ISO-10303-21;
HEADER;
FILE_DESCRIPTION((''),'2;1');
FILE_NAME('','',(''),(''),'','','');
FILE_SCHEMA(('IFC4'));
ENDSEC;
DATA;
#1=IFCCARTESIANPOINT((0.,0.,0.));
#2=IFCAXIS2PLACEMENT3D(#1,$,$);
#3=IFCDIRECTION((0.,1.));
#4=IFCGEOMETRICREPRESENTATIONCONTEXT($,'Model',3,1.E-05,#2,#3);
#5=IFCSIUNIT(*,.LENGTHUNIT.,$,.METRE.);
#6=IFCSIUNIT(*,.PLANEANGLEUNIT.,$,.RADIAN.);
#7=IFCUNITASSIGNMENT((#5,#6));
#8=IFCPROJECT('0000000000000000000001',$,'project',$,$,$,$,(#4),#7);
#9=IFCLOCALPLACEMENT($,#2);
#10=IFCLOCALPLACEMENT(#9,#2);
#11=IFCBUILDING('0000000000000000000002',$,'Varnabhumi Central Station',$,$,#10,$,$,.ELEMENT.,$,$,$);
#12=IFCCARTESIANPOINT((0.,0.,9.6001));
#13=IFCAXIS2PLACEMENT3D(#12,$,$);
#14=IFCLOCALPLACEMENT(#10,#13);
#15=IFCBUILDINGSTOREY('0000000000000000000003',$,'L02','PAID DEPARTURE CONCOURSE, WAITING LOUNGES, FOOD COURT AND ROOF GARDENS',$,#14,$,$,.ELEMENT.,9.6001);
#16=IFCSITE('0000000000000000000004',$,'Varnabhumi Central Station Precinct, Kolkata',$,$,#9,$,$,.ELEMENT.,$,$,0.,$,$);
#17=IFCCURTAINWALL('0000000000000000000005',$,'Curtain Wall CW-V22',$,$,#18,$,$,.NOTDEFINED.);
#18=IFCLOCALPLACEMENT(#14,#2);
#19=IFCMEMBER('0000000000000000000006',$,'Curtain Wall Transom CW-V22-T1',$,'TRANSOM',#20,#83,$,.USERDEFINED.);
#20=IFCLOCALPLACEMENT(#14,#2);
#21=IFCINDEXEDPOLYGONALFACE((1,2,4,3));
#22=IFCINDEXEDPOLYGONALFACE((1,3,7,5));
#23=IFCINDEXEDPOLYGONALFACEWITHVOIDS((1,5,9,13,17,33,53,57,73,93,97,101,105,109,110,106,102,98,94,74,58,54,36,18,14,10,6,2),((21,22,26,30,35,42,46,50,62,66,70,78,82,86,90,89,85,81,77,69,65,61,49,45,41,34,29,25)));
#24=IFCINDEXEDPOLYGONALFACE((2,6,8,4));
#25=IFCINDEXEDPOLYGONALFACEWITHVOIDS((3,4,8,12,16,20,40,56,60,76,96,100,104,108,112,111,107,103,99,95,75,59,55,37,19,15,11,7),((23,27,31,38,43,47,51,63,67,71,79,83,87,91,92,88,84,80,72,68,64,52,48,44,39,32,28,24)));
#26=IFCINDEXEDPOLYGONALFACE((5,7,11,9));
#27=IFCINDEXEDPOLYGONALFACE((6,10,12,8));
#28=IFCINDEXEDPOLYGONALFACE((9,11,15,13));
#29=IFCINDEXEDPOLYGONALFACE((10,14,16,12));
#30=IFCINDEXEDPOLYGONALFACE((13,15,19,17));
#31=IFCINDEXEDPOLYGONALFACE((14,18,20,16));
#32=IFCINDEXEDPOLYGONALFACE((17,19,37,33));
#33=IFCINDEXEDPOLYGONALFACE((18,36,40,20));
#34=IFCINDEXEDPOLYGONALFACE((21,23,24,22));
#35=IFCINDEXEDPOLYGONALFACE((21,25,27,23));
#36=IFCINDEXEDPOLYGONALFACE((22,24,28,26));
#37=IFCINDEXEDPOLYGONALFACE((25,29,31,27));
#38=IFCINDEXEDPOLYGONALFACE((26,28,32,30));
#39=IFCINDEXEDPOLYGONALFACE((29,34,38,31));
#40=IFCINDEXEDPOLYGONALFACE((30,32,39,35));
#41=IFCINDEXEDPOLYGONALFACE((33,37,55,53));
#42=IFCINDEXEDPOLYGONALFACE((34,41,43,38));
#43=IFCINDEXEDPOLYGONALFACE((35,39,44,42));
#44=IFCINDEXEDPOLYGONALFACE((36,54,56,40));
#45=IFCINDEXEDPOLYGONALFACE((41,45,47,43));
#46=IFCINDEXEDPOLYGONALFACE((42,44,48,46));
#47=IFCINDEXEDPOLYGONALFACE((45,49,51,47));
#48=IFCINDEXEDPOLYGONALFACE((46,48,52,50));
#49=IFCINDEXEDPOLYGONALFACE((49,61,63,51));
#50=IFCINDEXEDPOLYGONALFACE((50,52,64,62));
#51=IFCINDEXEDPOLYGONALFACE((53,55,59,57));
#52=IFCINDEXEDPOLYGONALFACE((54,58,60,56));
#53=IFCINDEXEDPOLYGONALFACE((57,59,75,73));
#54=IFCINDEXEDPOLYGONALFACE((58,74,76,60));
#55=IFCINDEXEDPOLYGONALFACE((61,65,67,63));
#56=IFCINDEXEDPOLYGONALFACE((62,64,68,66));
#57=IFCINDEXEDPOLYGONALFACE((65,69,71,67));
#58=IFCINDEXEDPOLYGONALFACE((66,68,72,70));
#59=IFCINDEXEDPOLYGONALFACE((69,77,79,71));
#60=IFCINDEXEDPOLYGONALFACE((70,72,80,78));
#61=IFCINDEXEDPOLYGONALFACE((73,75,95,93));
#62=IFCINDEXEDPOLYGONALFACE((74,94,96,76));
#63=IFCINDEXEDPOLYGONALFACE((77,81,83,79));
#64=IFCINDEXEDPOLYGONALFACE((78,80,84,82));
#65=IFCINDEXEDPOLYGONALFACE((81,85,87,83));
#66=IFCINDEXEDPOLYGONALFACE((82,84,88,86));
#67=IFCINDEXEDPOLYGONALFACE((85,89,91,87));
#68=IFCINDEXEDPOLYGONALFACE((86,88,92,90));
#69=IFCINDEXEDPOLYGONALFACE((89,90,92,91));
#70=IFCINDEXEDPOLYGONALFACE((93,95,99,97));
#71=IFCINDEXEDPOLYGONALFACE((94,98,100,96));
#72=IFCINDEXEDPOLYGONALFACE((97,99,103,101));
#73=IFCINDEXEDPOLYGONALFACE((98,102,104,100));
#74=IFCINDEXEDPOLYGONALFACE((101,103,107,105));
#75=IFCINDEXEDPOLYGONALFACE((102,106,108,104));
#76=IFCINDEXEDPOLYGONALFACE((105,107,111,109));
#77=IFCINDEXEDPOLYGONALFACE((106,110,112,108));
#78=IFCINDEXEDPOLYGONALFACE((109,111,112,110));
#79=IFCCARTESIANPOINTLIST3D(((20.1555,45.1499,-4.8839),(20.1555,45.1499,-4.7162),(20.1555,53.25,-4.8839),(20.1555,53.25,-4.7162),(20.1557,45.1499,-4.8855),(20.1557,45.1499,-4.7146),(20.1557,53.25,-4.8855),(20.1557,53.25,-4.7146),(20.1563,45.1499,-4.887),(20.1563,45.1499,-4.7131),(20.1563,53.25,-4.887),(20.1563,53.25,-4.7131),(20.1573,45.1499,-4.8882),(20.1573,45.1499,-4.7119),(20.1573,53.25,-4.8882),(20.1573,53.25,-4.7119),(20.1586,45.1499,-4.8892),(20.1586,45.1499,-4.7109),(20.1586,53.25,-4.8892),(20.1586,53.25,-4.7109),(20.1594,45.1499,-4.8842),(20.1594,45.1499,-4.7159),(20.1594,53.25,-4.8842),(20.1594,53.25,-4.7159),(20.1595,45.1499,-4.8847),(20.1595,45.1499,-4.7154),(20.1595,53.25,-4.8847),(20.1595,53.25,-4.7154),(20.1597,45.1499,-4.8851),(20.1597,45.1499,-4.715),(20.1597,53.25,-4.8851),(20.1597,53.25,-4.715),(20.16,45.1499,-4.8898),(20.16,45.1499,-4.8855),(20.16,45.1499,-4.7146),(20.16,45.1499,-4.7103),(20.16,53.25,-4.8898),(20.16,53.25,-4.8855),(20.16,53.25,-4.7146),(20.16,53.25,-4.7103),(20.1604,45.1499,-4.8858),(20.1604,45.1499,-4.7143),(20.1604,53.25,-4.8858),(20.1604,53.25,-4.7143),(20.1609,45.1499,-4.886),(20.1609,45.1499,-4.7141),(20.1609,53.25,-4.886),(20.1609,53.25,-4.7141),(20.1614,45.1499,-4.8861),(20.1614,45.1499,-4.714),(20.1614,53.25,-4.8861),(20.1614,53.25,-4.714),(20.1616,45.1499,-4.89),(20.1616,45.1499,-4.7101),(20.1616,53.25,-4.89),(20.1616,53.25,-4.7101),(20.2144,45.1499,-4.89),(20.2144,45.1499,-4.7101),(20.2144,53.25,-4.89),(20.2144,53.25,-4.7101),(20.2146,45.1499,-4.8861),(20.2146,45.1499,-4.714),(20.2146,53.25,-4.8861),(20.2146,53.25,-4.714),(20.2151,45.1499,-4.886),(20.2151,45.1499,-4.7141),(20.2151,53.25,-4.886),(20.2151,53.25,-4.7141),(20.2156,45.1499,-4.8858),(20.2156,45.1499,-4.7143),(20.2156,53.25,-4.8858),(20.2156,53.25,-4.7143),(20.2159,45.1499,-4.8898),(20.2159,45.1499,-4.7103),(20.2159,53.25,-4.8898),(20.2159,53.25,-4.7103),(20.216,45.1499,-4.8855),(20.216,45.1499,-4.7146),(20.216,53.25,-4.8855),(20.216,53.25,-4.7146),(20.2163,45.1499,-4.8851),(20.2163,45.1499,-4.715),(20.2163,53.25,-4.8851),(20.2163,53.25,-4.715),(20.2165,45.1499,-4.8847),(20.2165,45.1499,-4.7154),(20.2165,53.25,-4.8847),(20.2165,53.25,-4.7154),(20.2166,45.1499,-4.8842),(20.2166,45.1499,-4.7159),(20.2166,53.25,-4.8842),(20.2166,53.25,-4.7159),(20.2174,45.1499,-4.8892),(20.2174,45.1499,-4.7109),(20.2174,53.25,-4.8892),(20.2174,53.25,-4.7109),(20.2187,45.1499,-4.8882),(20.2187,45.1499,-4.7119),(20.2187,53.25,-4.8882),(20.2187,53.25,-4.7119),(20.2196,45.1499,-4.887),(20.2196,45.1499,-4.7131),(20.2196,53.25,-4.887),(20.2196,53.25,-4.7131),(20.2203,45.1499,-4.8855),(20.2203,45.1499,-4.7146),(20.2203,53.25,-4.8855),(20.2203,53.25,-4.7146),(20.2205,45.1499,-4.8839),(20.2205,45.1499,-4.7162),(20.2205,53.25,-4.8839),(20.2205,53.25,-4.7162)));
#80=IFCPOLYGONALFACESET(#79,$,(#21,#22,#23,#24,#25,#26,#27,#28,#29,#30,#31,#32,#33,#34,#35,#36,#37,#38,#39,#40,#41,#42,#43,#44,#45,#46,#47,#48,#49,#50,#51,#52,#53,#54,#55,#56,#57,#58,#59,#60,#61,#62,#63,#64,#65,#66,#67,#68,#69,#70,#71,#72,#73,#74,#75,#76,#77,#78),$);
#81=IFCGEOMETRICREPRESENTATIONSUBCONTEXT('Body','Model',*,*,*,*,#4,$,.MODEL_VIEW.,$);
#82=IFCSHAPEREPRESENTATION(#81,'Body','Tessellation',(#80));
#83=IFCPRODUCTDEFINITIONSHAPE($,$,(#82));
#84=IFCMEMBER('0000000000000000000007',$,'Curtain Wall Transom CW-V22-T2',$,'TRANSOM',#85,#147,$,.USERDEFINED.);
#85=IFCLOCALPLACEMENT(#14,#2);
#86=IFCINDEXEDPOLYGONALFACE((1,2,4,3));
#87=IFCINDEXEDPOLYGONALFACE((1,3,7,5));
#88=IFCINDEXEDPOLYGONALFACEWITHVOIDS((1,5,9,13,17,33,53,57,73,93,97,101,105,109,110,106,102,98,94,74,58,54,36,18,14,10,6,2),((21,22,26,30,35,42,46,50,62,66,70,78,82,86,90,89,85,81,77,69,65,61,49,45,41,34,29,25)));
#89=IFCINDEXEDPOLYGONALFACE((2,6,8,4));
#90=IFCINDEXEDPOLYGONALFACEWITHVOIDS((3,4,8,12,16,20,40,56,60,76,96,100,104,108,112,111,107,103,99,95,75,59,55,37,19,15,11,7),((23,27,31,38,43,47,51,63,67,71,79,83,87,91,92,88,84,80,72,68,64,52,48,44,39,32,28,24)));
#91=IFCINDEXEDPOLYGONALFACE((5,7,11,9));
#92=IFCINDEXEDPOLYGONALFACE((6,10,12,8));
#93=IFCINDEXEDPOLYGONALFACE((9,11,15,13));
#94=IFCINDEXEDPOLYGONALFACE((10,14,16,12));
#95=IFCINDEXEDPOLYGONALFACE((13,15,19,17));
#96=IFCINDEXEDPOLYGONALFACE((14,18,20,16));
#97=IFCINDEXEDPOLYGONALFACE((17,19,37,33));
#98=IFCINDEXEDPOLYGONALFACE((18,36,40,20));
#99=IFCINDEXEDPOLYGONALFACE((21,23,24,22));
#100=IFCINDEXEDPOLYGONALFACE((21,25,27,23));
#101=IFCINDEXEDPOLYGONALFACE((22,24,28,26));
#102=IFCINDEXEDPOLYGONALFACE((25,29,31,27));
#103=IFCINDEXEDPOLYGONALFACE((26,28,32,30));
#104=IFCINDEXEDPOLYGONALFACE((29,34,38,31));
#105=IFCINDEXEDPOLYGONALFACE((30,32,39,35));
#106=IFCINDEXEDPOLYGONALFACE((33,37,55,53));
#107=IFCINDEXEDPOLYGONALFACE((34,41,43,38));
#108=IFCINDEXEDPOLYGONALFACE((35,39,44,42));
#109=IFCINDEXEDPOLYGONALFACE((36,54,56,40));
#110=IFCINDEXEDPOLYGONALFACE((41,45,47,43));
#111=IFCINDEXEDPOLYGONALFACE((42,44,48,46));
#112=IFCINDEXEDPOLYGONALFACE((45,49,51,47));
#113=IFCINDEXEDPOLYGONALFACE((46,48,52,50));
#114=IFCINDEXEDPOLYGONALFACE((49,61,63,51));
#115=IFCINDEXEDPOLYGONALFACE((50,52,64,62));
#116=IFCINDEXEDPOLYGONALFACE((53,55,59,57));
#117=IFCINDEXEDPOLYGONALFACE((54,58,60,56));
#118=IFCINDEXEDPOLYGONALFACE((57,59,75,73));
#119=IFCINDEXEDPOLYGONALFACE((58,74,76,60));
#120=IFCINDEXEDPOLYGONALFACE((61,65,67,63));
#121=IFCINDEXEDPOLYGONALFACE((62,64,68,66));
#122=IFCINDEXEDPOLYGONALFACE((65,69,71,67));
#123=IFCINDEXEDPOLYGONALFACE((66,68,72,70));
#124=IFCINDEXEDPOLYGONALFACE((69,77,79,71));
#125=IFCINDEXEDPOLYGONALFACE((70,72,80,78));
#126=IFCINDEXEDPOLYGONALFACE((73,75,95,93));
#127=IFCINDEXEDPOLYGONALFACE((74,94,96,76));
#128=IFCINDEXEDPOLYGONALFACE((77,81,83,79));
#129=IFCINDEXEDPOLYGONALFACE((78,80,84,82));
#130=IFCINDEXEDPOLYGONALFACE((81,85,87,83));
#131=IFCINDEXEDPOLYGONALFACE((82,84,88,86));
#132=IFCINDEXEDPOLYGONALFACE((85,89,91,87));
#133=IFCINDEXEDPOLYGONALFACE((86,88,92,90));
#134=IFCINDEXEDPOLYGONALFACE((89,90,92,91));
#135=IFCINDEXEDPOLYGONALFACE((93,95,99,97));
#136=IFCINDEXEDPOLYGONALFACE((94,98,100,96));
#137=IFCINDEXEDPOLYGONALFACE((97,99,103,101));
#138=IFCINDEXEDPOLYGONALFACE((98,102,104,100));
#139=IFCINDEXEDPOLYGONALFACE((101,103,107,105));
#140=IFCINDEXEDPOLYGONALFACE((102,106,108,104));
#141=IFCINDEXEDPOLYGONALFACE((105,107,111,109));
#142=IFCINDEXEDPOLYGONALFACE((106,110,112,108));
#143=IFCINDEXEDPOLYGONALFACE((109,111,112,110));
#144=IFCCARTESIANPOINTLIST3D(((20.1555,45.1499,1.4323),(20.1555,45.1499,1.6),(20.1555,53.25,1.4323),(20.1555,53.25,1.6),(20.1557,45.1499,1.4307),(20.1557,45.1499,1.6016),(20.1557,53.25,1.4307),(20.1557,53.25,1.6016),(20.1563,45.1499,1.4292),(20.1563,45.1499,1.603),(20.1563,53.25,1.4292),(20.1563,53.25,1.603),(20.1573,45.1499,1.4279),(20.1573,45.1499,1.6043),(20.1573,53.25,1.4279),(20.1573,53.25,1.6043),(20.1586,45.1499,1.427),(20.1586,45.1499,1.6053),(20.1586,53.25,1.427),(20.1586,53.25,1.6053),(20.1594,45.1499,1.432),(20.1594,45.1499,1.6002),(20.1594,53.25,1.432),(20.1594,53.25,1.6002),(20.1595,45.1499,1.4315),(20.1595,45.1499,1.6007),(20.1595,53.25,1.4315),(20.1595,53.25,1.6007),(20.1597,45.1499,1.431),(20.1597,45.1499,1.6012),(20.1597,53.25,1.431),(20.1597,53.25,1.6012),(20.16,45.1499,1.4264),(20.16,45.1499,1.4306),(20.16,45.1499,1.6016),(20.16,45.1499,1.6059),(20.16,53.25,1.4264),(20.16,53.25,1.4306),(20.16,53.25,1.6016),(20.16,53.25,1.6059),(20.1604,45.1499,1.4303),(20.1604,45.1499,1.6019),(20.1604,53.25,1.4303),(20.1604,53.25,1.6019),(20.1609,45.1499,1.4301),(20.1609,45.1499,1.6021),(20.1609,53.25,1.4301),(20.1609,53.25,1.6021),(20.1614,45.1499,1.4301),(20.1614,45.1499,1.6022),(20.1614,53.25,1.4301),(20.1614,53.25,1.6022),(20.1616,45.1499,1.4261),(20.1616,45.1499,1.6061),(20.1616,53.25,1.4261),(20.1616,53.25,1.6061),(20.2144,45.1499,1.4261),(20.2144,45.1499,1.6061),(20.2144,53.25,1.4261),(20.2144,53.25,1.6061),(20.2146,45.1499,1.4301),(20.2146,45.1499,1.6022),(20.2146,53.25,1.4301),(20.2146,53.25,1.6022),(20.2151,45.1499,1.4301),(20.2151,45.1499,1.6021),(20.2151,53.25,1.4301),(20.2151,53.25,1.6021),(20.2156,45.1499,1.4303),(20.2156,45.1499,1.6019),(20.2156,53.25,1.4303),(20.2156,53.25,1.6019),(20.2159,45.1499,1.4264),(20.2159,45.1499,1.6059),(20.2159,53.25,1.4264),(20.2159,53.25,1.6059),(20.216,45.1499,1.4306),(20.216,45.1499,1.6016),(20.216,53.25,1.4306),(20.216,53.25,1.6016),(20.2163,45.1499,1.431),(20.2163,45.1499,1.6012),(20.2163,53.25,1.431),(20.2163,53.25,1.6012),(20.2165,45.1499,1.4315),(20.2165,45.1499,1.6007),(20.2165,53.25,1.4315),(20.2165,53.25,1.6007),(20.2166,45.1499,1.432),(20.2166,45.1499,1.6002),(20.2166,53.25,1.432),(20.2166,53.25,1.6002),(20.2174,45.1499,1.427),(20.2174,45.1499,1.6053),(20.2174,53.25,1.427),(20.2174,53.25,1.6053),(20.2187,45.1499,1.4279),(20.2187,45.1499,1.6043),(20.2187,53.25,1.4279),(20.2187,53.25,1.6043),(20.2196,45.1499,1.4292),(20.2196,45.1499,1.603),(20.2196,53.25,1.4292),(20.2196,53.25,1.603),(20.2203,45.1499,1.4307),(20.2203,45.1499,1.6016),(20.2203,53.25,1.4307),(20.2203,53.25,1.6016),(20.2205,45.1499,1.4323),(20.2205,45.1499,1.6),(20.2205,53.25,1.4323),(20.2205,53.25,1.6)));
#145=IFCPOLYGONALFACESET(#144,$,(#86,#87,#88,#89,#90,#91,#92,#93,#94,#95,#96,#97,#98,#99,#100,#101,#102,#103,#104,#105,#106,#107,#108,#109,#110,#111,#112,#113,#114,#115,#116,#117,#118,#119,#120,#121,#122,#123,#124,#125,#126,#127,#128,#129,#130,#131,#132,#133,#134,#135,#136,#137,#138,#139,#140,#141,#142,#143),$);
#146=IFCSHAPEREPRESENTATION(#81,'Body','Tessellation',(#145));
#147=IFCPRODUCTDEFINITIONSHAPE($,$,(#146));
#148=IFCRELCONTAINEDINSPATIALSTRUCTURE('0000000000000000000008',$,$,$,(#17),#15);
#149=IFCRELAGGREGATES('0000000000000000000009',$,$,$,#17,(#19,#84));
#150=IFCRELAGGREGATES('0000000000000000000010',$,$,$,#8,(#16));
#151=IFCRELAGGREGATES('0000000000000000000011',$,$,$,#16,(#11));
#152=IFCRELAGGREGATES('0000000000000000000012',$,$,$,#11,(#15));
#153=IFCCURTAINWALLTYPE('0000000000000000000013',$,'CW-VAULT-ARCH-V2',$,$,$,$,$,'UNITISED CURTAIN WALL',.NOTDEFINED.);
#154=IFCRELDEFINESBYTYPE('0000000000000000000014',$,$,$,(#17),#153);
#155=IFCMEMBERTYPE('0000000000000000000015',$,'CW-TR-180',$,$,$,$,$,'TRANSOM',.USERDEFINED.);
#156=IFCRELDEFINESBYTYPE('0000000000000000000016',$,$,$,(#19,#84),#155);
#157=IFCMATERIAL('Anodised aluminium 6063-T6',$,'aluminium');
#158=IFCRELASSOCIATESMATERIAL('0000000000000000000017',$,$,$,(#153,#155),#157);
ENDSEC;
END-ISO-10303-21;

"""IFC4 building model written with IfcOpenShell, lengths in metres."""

from ifc_helpers import new_model, si_unit, direction, frame, origin, origin_2d, place, context, subcontext, project, spatial, hollow_rectangle, extrude, material, material_profile, profile_set, type_object, element, aggregate, save


model = new_model("IFC4")

# Units and contexts
model_context = context("Model", 3, precision=1e-05, world=origin(), true_north=direction((0.0, 1.0)))
body_context = subcontext(model_context, "Body", "Model", "MODEL_VIEW")
ifc_project = project(units=[si_unit("LENGTHUNIT", "METRE"), si_unit("PLANEANGLEUNIT", "RADIAN")], contexts=[model_context])

# Site, building, storey
site_placement = place(None, origin())
site = spatial("IfcSite", under=ifc_project, at=site_placement, Name="Varnabhumi Central Station Precinct, Kolkata", CompositionType="ELEMENT", RefElevation=0.0)
building_placement = place(site_placement, origin())
building = spatial("IfcBuilding", under=site, at=building_placement, Name="Varnabhumi Central Station", CompositionType="ELEMENT")
storey_placement = place(building_placement, frame((0.0, 0.0, 9.6001)))
storey = spatial("IfcBuildingStorey", under=building, at=storey_placement, Name="L02", Description="PAID DEPARTURE CONCOURSE, WAITING LOUNGES, FOOD COURT AND ROOF GARDENS", CompositionType="ELEMENT", Elevation=9.6001)

# Curtain wall, members
ifc_material_1 = material(Name="Anodised aluminium 6063-T6", Category="aluminium")
curtain_wall_type = type_object("IfcCurtainWallType", Name="CW-VAULT-ARCH-V2", ElementType="UNITISED CURTAIN WALL", PredefinedType="NOTDEFINED", material=ifc_material_1)
curtain_wall_placement = place(storey_placement, origin())
curtain_wall = element("IfcCurtainWall", 1, at=curtain_wall_placement, inside=storey, type_object=curtain_wall_type, Name="Curtain Wall CW-V22", PredefinedType="NOTDEFINED")
ifc_material_profile_1 = material_profile(ifc_material_1, hollow_rectangle(XDim=0.0649, YDim=0.1799, WallThickness=0.0039, InnerFilletRadius=0.002, OuterFilletRadius=0.0061, at=origin_2d()), Name="Anodised aluminium 6063-T6", Category="aluminium")
ifc_profile_set_1 = profile_set([ifc_material_profile_1], Name="Anodised aluminium 6063-T6")
member_type_1 = type_object("IfcMemberType", Name="CW-TR-180", ElementType="TRANSOM", PredefinedType="USERDEFINED", material=ifc_profile_set_1)
member_1_placement = place(storey_placement, frame((20.188, 45.1499, -4.8), z_axis=(0.0, 1.0, 0.0), x_axis=(-1.0, 0.0, 0.0)))
member_1 = element("IfcMember", 2, at=member_1_placement, type_object=member_type_1, Name="Curtain Wall Transom CW-V22-T1", ObjectType="TRANSOM", PredefinedType="USERDEFINED", context=body_context, shape_type="SweptSolid", body=[
    extrude(hollow_rectangle(XDim=0.0649, YDim=0.1799, WallThickness=0.0039, InnerFilletRadius=0.002, OuterFilletRadius=0.0061, at=origin_2d()), origin(), (0.0, 0.0, 1.0), 8.1001),
])
member_2_placement = place(storey_placement, frame((20.188, 45.1499, 1.5161), z_axis=(0.0, 1.0, 0.0), x_axis=(-1.0, 0.0, 0.0)))
member_2 = element("IfcMember", 3, at=member_2_placement, type_object=member_type_1, Name="Curtain Wall Transom CW-V22-T2", ObjectType="TRANSOM", PredefinedType="USERDEFINED", context=body_context, shape_type="SweptSolid", body=[
    extrude(hollow_rectangle(XDim=0.0649, YDim=0.1799, WallThickness=0.0039, InnerFilletRadius=0.002, OuterFilletRadius=0.0061, at=origin_2d()), origin(), (0.0, 0.0, 1.0), 8.1001),
])

aggregate(curtain_wall, [member_1, member_2])

save(model, "model.ifc")
